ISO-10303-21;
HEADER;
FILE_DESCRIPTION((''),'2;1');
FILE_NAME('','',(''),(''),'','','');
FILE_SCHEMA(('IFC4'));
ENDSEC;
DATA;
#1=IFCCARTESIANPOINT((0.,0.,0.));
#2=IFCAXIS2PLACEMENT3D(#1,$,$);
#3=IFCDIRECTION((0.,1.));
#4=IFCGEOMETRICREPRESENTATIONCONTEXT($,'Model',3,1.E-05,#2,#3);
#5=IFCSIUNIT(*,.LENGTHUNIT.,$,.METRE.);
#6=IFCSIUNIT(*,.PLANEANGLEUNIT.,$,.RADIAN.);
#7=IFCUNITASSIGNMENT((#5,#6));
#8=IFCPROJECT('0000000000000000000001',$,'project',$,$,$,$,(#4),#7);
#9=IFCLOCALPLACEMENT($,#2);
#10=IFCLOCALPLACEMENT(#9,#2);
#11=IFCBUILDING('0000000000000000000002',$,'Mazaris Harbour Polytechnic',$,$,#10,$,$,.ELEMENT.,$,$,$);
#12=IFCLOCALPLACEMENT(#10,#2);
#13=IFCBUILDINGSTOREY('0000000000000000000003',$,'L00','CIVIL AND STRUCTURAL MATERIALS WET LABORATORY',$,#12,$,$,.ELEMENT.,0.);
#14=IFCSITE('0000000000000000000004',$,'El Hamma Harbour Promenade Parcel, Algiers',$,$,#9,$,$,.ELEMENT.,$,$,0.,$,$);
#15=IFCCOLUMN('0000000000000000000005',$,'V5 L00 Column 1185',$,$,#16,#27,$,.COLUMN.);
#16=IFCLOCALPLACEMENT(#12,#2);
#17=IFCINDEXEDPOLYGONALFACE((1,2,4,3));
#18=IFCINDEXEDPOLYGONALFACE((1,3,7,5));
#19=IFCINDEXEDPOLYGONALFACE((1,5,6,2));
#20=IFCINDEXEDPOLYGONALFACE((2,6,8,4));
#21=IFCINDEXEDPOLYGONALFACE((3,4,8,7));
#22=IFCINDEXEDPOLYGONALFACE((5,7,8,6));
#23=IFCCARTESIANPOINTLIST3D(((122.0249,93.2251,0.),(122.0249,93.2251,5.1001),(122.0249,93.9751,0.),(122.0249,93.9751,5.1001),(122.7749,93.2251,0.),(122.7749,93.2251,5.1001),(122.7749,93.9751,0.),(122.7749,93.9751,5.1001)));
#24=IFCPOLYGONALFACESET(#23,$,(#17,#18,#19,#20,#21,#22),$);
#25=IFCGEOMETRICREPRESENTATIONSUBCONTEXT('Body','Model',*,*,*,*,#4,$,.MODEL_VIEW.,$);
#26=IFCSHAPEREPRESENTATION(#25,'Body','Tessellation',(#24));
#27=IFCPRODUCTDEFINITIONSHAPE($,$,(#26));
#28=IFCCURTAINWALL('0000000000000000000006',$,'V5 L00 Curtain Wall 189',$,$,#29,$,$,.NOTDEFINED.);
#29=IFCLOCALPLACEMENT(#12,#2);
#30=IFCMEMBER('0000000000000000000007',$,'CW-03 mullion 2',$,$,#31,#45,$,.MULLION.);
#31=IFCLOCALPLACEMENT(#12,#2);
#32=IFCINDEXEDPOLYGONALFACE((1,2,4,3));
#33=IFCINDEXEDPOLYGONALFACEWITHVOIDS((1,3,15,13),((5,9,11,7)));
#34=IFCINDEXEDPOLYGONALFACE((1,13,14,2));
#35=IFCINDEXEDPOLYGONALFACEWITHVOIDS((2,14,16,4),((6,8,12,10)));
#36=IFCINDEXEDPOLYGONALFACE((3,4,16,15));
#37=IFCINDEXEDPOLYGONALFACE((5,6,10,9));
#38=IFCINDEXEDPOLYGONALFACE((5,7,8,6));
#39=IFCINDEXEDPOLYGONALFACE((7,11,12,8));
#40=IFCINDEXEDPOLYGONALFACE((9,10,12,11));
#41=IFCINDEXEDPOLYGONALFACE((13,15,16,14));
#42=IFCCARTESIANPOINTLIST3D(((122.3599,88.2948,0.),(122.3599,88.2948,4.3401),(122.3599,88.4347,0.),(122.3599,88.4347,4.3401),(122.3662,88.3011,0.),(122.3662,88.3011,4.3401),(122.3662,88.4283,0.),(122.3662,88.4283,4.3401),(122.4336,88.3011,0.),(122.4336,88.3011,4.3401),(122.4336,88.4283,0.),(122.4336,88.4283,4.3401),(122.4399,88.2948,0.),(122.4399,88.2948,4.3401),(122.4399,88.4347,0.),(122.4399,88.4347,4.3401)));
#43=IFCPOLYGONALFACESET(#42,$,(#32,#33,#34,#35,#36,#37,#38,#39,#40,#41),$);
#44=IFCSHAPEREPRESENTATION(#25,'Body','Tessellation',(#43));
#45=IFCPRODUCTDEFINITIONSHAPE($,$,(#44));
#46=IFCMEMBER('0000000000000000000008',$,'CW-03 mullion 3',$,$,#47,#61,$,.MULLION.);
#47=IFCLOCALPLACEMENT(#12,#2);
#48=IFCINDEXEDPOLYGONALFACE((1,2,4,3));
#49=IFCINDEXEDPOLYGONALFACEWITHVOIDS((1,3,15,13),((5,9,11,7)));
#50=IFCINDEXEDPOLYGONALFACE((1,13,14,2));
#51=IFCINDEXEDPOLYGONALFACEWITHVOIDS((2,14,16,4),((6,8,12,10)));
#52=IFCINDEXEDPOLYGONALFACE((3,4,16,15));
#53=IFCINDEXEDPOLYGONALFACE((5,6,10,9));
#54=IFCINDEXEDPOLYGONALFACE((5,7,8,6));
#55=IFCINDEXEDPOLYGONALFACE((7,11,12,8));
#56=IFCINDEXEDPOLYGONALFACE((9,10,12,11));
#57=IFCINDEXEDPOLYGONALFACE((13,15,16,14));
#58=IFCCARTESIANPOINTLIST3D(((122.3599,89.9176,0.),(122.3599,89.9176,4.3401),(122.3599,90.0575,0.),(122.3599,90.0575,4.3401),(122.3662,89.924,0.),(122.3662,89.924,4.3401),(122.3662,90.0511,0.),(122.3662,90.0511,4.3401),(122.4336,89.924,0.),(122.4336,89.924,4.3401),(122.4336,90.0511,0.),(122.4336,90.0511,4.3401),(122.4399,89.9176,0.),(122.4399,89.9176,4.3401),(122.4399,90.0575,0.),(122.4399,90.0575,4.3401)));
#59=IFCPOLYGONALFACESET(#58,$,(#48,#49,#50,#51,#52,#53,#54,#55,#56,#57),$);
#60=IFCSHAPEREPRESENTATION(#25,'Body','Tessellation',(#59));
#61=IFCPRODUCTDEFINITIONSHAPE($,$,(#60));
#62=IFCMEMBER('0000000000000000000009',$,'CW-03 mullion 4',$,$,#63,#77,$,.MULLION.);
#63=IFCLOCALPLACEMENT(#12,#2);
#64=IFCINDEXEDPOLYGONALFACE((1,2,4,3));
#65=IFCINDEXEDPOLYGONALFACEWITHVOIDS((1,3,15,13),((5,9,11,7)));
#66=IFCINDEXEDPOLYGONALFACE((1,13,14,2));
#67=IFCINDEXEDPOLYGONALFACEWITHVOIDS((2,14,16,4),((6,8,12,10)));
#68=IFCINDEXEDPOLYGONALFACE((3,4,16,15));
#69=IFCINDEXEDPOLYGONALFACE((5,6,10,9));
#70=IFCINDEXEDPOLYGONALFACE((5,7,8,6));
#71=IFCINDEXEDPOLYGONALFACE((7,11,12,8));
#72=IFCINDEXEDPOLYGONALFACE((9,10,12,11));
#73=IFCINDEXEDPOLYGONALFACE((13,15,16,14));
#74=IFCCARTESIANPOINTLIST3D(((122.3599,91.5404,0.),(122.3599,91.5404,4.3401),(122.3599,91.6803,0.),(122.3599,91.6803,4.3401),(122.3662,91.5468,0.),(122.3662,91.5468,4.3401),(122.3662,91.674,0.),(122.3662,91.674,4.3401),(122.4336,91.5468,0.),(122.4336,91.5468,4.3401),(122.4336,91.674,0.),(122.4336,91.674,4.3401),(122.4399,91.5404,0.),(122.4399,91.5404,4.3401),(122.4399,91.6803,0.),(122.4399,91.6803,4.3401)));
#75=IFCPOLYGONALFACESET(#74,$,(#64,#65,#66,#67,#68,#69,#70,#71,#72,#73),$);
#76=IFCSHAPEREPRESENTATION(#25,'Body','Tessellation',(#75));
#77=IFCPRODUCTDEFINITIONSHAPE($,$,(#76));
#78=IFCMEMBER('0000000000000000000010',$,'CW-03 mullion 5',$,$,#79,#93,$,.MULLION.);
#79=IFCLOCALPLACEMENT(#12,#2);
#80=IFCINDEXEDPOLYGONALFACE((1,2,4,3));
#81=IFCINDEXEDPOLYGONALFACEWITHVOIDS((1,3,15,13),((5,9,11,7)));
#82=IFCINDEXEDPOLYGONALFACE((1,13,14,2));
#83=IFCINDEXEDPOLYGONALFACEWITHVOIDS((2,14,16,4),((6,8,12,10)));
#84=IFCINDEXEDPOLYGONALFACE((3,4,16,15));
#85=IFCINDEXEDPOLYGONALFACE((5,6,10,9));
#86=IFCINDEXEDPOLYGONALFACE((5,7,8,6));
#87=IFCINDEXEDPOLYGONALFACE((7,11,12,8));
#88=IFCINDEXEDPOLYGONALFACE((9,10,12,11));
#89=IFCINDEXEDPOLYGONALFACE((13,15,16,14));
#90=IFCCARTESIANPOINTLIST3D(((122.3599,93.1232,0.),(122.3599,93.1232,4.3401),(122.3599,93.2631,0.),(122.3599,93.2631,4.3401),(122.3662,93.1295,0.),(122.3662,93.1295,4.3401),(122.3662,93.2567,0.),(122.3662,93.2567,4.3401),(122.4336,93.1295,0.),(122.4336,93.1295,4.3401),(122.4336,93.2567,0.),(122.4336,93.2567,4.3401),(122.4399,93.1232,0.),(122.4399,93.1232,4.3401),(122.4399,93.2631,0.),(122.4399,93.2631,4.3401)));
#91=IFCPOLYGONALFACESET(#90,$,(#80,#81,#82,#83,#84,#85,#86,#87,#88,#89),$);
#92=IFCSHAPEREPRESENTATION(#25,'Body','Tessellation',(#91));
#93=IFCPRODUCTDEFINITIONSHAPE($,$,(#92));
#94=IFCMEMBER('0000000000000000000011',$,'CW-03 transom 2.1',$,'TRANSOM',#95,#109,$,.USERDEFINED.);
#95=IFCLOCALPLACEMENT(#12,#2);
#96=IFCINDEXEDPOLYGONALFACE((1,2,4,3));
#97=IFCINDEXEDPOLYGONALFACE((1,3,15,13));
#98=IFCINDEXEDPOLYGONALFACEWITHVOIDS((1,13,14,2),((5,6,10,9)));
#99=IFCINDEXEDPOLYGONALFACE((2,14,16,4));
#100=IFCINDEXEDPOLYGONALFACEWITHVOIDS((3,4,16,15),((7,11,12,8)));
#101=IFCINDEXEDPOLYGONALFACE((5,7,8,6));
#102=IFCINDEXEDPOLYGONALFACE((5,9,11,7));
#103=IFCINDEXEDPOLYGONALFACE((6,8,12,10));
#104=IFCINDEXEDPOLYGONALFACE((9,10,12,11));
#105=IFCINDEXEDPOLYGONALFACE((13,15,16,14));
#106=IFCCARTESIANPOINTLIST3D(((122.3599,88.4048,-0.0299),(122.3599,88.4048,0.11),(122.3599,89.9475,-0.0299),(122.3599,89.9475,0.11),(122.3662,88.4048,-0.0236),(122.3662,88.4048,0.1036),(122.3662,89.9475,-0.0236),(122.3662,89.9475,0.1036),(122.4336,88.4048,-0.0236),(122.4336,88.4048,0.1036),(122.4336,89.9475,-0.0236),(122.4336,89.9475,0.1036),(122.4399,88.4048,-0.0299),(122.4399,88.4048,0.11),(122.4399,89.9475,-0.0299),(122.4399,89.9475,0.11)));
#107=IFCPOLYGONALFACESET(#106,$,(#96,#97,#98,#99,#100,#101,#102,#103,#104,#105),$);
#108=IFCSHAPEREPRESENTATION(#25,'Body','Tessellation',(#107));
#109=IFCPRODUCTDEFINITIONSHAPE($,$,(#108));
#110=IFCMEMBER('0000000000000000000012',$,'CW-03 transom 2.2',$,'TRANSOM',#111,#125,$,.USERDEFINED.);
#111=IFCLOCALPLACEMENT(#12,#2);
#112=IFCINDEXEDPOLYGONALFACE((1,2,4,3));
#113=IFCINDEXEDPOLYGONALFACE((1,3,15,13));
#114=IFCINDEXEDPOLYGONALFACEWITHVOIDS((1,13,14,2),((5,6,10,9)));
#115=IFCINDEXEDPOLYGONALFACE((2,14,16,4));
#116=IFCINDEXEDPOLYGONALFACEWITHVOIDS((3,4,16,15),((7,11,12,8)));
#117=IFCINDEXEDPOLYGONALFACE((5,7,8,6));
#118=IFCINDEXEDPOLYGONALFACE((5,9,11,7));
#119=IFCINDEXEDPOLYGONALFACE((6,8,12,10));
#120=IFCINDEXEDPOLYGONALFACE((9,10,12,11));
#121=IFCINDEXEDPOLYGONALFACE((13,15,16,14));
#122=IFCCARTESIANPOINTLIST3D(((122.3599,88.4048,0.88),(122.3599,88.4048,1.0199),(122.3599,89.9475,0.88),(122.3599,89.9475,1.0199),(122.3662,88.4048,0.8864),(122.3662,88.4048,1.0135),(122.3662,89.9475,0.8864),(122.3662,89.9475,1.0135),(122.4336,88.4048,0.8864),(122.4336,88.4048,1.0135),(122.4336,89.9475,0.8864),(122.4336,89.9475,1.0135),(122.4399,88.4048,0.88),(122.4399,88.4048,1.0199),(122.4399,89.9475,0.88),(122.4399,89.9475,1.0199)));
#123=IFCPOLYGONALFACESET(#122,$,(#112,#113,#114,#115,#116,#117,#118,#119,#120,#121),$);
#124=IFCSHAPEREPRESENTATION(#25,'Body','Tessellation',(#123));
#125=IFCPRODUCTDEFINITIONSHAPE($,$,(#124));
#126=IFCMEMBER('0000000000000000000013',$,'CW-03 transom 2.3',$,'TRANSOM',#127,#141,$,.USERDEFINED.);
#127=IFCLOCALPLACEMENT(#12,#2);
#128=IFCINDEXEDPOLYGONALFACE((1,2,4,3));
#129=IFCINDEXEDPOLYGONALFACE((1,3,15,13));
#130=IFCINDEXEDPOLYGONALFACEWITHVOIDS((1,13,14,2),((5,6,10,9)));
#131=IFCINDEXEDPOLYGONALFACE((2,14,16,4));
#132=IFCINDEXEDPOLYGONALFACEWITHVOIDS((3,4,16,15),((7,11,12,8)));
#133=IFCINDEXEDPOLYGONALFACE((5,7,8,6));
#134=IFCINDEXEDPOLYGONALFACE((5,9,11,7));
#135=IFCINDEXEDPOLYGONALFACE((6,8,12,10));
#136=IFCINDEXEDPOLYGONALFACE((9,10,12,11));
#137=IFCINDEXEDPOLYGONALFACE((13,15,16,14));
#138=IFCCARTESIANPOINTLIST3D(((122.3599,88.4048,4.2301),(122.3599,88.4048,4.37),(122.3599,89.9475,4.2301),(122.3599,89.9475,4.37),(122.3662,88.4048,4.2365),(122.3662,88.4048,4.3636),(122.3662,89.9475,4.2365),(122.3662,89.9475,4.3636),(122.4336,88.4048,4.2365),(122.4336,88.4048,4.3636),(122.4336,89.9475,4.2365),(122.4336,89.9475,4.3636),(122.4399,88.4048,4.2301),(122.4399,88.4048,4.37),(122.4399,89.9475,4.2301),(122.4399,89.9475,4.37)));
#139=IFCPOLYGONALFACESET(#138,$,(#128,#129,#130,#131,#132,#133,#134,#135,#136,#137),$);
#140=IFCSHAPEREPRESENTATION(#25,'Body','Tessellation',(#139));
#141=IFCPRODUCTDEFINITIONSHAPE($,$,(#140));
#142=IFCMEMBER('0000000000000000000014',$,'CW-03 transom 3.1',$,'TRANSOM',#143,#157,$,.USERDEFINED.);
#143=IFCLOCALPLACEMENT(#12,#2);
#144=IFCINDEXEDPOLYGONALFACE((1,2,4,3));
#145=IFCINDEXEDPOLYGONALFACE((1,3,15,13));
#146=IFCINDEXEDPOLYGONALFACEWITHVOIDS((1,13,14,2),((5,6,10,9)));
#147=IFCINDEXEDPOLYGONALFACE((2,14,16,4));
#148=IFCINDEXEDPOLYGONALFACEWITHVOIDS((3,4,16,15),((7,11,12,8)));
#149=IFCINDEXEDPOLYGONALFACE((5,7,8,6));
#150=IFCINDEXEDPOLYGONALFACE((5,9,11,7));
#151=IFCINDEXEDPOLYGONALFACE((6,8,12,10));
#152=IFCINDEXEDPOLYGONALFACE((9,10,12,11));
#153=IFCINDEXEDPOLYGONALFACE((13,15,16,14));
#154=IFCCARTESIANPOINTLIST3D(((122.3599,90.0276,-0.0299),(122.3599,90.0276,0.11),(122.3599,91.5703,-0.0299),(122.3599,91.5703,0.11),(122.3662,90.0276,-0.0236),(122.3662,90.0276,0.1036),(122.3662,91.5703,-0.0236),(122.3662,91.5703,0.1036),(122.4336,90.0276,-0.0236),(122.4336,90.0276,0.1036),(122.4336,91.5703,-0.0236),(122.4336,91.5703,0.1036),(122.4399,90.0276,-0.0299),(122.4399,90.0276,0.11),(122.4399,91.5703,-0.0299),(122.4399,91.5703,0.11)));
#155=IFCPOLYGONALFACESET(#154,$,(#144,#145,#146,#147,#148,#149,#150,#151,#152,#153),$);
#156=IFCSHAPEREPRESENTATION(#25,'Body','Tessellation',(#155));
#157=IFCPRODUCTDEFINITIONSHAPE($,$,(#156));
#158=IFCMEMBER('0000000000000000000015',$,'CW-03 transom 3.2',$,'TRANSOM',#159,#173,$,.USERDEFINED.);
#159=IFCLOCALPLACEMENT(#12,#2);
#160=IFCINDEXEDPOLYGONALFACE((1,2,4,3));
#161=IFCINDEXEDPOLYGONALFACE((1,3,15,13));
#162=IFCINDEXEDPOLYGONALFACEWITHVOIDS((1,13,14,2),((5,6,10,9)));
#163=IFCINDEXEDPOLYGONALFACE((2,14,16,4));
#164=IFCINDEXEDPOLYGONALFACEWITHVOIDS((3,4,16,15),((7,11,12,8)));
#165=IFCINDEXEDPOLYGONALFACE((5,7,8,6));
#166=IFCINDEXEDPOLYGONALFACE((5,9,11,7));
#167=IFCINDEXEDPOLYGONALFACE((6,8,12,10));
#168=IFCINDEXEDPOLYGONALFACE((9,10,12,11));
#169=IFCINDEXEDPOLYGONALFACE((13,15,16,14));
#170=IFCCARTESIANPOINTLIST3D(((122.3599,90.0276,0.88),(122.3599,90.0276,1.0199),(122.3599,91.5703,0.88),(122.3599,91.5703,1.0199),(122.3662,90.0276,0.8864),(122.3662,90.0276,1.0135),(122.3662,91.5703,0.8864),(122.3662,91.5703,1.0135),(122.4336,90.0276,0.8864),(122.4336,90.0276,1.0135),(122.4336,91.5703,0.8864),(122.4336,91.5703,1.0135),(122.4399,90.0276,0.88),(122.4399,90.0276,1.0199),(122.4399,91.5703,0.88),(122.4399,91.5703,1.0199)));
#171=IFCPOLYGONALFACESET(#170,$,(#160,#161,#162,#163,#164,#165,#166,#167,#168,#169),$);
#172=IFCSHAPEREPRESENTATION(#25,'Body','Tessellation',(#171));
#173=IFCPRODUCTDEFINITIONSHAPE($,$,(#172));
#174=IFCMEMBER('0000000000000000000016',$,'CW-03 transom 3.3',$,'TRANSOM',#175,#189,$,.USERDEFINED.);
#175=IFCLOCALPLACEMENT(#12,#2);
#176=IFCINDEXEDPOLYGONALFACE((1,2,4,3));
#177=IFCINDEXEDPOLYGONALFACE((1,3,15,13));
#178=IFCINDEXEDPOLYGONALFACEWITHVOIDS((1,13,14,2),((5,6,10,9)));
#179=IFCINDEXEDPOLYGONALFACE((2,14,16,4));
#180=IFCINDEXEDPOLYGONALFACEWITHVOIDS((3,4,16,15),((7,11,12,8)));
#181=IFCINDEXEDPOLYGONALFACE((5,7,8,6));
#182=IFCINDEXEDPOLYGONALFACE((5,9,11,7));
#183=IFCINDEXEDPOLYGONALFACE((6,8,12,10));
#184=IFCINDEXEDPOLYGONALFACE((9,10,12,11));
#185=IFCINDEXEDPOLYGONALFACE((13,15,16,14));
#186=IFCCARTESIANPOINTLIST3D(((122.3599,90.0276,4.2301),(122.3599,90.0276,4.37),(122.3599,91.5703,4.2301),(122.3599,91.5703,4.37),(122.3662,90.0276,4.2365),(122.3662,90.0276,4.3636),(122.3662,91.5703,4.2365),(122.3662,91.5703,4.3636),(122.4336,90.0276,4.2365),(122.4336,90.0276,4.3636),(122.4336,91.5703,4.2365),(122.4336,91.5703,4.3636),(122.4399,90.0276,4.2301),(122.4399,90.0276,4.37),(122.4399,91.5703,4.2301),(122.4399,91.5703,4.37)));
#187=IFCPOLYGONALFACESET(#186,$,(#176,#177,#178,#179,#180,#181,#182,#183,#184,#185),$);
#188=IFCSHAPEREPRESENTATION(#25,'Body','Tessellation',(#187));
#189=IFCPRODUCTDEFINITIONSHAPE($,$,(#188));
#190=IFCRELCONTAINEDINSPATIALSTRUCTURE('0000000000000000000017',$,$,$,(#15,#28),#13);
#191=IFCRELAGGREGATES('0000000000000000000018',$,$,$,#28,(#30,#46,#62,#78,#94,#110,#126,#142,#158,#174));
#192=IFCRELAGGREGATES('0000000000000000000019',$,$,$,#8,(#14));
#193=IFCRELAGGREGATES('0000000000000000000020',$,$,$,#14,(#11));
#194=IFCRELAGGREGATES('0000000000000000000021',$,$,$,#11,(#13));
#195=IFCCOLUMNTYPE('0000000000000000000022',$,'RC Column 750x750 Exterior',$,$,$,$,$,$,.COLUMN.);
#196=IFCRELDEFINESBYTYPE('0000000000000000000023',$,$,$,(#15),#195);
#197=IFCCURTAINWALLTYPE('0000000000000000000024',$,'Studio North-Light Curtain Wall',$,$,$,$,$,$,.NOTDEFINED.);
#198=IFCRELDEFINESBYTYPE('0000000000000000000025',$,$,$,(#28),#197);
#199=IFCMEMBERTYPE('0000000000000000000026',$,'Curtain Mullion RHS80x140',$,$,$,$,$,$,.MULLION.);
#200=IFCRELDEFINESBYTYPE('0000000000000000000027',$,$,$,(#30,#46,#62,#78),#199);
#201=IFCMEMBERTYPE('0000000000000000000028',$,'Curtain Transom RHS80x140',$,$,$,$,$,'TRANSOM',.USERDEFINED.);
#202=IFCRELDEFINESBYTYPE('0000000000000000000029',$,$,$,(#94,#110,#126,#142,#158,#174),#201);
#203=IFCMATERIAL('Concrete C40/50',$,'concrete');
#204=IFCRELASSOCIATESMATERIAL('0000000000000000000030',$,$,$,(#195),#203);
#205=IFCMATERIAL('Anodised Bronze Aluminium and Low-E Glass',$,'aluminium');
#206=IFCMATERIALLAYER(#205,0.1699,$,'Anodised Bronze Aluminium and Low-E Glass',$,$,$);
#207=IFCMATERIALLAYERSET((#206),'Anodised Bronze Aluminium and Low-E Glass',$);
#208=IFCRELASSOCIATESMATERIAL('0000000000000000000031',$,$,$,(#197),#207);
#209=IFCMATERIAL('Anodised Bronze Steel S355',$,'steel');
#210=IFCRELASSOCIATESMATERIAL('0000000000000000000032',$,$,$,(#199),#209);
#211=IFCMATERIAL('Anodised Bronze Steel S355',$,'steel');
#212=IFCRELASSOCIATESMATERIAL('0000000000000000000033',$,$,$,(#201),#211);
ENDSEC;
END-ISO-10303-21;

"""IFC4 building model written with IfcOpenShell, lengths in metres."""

from ifc_helpers import new_model, si_unit, direction, frame, origin, origin_2d, place, context, subcontext, project, spatial, rectangle, hollow_rectangle, extrude, material, layer, layer_set, material_profile, profile_set, type_object, element, aggregate, save


model = new_model("IFC4")

# Units and contexts
model_context = context("Model", 3, precision=1e-05, world=origin(), true_north=direction((0.0, 1.0)))
body_context = subcontext(model_context, "Body", "Model", "MODEL_VIEW")
ifc_project = project(units=[si_unit("LENGTHUNIT", "METRE"), si_unit("PLANEANGLEUNIT", "RADIAN")], contexts=[model_context])

# Site, building, storey
site_placement = place(None, origin())
site = spatial("IfcSite", under=ifc_project, at=site_placement, Name="El Hamma Harbour Promenade Parcel, Algiers", CompositionType="ELEMENT", RefElevation=0.0)
building_placement = place(site_placement, origin())
building = spatial("IfcBuilding", under=site, at=building_placement, Name="Mazaris Harbour Polytechnic", CompositionType="ELEMENT")
storey_placement = place(building_placement, origin())
storey = spatial("IfcBuildingStorey", under=building, at=storey_placement, Name="L00", Description="CIVIL AND STRUCTURAL MATERIALS WET LABORATORY", CompositionType="ELEMENT", Elevation=0.0)

# Column
ifc_material_1 = material(Name="Concrete C40/50", Category="concrete")
ifc_material_profile_1 = material_profile(ifc_material_1, rectangle(XDim=0.75, YDim=0.75, at=origin_2d()), Name="RECT750x750")
ifc_profile_set_1 = profile_set([ifc_material_profile_1], Name="Concrete C40/50")
column_type = type_object("IfcColumnType", Name="RC Column 750x750 Exterior", PredefinedType="COLUMN", material=ifc_profile_set_1)
column_placement = place(storey_placement, frame((122.3999, 93.6001, 0.0), z_axis=(0.0, 0.0, 1.0), x_axis=(1.0, 0.0, 0.0)))
element("IfcColumn", 1, at=column_placement, inside=storey, type_object=column_type, Name="V5 L00 Column 1185", PredefinedType="COLUMN", context=body_context, shape_type="SweptSolid", body=[
    extrude(rectangle(XDim=0.75, YDim=0.75, at=origin_2d()), origin(), (0.0, 0.0, 1.0), 5.1001),
])

# Curtain wall, members
ifc_material_2 = material(Name="Anodised Bronze Aluminium and Low-E Glass", Category="aluminium")
ifc_layer_1 = layer(ifc_material_2, 0.1699, Name="Anodised Bronze Aluminium and Low-E Glass")
ifc_layer_set_1 = layer_set([ifc_layer_1], Name="Anodised Bronze Aluminium and Low-E Glass")
curtain_wall_type = type_object("IfcCurtainWallType", Name="Studio North-Light Curtain Wall", PredefinedType="NOTDEFINED", material=ifc_layer_set_1)
curtain_wall_placement = place(storey_placement, origin())
curtain_wall = element("IfcCurtainWall", 2, at=curtain_wall_placement, inside=storey, type_object=curtain_wall_type, Name="V5 L00 Curtain Wall 189", PredefinedType="NOTDEFINED")
ifc_material_3 = material(Name="Anodised Bronze Steel S355", Category="steel")
ifc_material_profile_2 = material_profile(ifc_material_3, hollow_rectangle(XDim=0.0801, YDim=0.1399, WallThickness=0.0063, at=origin_2d()), Name="RHS 80x140x6.3")
ifc_profile_set_2 = profile_set([ifc_material_profile_2], Name="Anodised Bronze Steel S355")
member_type_1 = type_object("IfcMemberType", Name="Curtain Mullion RHS80x140", PredefinedType="MULLION", material=ifc_profile_set_2)
member_1_placement = place(storey_placement, frame((122.3999, 88.3647, 0.0), z_axis=(0.0, 0.0, 1.0), x_axis=(-1.0, 0.0, 0.0)))
member_1 = element("IfcMember", 3, at=member_1_placement, type_object=member_type_1, Name="CW-03 mullion 2", PredefinedType="MULLION", context=body_context, shape_type="SweptSolid", body=[
    extrude(hollow_rectangle(XDim=0.0801, YDim=0.1399, WallThickness=0.0063, at=origin_2d()), origin(), (0.0, 0.0, 1.0), 4.3401),
])
member_2_placement = place(storey_placement, frame((122.3999, 89.9875, 0.0), z_axis=(0.0, 0.0, 1.0), x_axis=(-1.0, 0.0, 0.0)))
member_2 = element("IfcMember", 4, at=member_2_placement, type_object=member_type_1, Name="CW-03 mullion 3", PredefinedType="MULLION", context=body_context, shape_type="SweptSolid", body=[
    extrude(hollow_rectangle(XDim=0.0801, YDim=0.1399, WallThickness=0.0063, at=origin_2d()), origin(), (0.0, 0.0, 1.0), 4.3401),
])
member_3_placement = place(storey_placement, frame((122.3999, 91.6104, 0.0), z_axis=(0.0, 0.0, 1.0), x_axis=(-1.0, 0.0, 0.0)))
member_3 = element("IfcMember", 5, at=member_3_placement, type_object=member_type_1, Name="CW-03 mullion 4", PredefinedType="MULLION", context=body_context, shape_type="SweptSolid", body=[
    extrude(hollow_rectangle(XDim=0.0801, YDim=0.1399, WallThickness=0.0063, at=origin_2d()), origin(), (0.0, 0.0, 1.0), 4.3401),
])
member_4_placement = place(storey_placement, frame((122.3999, 93.1931, 0.0), z_axis=(0.0, 0.0, 1.0), x_axis=(-1.0, 0.0, 0.0)))
member_4 = element("IfcMember", 6, at=member_4_placement, type_object=member_type_1, Name="CW-03 mullion 5", PredefinedType="MULLION", context=body_context, shape_type="SweptSolid", body=[
    extrude(hollow_rectangle(XDim=0.0801, YDim=0.1399, WallThickness=0.0063, at=origin_2d()), origin(), (0.0, 0.0, 1.0), 4.3401),
])
ifc_material_4 = material(Name="Anodised Bronze Steel S355", Category="steel")
ifc_material_profile_3 = material_profile(ifc_material_4, hollow_rectangle(XDim=0.0801, YDim=0.1399, WallThickness=0.0063, at=origin_2d()), Name="RHS 80x140x6.3")
ifc_profile_set_3 = profile_set([ifc_material_profile_3], Name="Anodised Bronze Steel S355")
member_type_2 = type_object("IfcMemberType", Name="Curtain Transom RHS80x140", ElementType="TRANSOM", PredefinedType="USERDEFINED", material=ifc_profile_set_3)
member_5_placement = place(storey_placement, frame((122.3999, 88.4048, 0.04), z_axis=(0.0, 1.0, 0.0), x_axis=(-1.0, 0.0, 0.0)))
member_5 = element("IfcMember", 7, at=member_5_placement, type_object=member_type_2, Name="CW-03 transom 2.1", ObjectType="TRANSOM", PredefinedType="USERDEFINED", context=body_context, shape_type="SweptSolid", body=[
    extrude(hollow_rectangle(XDim=0.0801, YDim=0.1399, WallThickness=0.0063, at=origin_2d()), origin(), (0.0, 0.0, 1.0), 1.5427),
])
member_6_placement = place(storey_placement, frame((122.3999, 88.4048, 0.95), z_axis=(0.0, 1.0, 0.0), x_axis=(-1.0, 0.0, 0.0)))
member_6 = element("IfcMember", 8, at=member_6_placement, type_object=member_type_2, Name="CW-03 transom 2.2", ObjectType="TRANSOM", PredefinedType="USERDEFINED", context=body_context, shape_type="SweptSolid", body=[
    extrude(hollow_rectangle(XDim=0.0801, YDim=0.1399, WallThickness=0.0063, at=origin_2d()), origin(), (0.0, 0.0, 1.0), 1.5427),
])
member_7_placement = place(storey_placement, frame((122.3999, 88.4048, 4.3), z_axis=(0.0, 1.0, 0.0), x_axis=(-1.0, 0.0, 0.0)))
member_7 = element("IfcMember", 9, at=member_7_placement, type_object=member_type_2, Name="CW-03 transom 2.3", ObjectType="TRANSOM", PredefinedType="USERDEFINED", context=body_context, shape_type="SweptSolid", body=[
    extrude(hollow_rectangle(XDim=0.0801, YDim=0.1399, WallThickness=0.0063, at=origin_2d()), origin(), (0.0, 0.0, 1.0), 1.5427),
])
member_8_placement = place(storey_placement, frame((122.3999, 90.0276, 0.04), z_axis=(0.0, 1.0, 0.0), x_axis=(-1.0, 0.0, 0.0)))
member_8 = element("IfcMember", 10, at=member_8_placement, type_object=member_type_2, Name="CW-03 transom 3.1", ObjectType="TRANSOM", PredefinedType="USERDEFINED", context=body_context, shape_type="SweptSolid", body=[
    extrude(hollow_rectangle(XDim=0.0801, YDim=0.1399, WallThickness=0.0063, at=origin_2d()), origin(), (0.0, 0.0, 1.0), 1.5427),
])
member_9_placement = place(storey_placement, frame((122.3999, 90.0276, 0.95), z_axis=(0.0, 1.0, 0.0), x_axis=(-1.0, 0.0, 0.0)))
member_9 = element("IfcMember", 11, at=member_9_placement, type_object=member_type_2, Name="CW-03 transom 3.2", ObjectType="TRANSOM", PredefinedType="USERDEFINED", context=body_context, shape_type="SweptSolid", body=[
    extrude(hollow_rectangle(XDim=0.0801, YDim=0.1399, WallThickness=0.0063, at=origin_2d()), origin(), (0.0, 0.0, 1.0), 1.5427),
])
member_10_placement = place(storey_placement, frame((122.3999, 90.0276, 4.3), z_axis=(0.0, 1.0, 0.0), x_axis=(-1.0, 0.0, 0.0)))
member_10 = element("IfcMember", 12, at=member_10_placement, type_object=member_type_2, Name="CW-03 transom 3.3", ObjectType="TRANSOM", PredefinedType="USERDEFINED", context=body_context, shape_type="SweptSolid", body=[
    extrude(hollow_rectangle(XDim=0.0801, YDim=0.1399, WallThickness=0.0063, at=origin_2d()), origin(), (0.0, 0.0, 1.0), 1.5427),
])

aggregate(curtain_wall, [member_1, member_2, member_3, member_4, member_5, member_6, member_7, member_8, member_9, member_10])

save(model, "model.ifc")
